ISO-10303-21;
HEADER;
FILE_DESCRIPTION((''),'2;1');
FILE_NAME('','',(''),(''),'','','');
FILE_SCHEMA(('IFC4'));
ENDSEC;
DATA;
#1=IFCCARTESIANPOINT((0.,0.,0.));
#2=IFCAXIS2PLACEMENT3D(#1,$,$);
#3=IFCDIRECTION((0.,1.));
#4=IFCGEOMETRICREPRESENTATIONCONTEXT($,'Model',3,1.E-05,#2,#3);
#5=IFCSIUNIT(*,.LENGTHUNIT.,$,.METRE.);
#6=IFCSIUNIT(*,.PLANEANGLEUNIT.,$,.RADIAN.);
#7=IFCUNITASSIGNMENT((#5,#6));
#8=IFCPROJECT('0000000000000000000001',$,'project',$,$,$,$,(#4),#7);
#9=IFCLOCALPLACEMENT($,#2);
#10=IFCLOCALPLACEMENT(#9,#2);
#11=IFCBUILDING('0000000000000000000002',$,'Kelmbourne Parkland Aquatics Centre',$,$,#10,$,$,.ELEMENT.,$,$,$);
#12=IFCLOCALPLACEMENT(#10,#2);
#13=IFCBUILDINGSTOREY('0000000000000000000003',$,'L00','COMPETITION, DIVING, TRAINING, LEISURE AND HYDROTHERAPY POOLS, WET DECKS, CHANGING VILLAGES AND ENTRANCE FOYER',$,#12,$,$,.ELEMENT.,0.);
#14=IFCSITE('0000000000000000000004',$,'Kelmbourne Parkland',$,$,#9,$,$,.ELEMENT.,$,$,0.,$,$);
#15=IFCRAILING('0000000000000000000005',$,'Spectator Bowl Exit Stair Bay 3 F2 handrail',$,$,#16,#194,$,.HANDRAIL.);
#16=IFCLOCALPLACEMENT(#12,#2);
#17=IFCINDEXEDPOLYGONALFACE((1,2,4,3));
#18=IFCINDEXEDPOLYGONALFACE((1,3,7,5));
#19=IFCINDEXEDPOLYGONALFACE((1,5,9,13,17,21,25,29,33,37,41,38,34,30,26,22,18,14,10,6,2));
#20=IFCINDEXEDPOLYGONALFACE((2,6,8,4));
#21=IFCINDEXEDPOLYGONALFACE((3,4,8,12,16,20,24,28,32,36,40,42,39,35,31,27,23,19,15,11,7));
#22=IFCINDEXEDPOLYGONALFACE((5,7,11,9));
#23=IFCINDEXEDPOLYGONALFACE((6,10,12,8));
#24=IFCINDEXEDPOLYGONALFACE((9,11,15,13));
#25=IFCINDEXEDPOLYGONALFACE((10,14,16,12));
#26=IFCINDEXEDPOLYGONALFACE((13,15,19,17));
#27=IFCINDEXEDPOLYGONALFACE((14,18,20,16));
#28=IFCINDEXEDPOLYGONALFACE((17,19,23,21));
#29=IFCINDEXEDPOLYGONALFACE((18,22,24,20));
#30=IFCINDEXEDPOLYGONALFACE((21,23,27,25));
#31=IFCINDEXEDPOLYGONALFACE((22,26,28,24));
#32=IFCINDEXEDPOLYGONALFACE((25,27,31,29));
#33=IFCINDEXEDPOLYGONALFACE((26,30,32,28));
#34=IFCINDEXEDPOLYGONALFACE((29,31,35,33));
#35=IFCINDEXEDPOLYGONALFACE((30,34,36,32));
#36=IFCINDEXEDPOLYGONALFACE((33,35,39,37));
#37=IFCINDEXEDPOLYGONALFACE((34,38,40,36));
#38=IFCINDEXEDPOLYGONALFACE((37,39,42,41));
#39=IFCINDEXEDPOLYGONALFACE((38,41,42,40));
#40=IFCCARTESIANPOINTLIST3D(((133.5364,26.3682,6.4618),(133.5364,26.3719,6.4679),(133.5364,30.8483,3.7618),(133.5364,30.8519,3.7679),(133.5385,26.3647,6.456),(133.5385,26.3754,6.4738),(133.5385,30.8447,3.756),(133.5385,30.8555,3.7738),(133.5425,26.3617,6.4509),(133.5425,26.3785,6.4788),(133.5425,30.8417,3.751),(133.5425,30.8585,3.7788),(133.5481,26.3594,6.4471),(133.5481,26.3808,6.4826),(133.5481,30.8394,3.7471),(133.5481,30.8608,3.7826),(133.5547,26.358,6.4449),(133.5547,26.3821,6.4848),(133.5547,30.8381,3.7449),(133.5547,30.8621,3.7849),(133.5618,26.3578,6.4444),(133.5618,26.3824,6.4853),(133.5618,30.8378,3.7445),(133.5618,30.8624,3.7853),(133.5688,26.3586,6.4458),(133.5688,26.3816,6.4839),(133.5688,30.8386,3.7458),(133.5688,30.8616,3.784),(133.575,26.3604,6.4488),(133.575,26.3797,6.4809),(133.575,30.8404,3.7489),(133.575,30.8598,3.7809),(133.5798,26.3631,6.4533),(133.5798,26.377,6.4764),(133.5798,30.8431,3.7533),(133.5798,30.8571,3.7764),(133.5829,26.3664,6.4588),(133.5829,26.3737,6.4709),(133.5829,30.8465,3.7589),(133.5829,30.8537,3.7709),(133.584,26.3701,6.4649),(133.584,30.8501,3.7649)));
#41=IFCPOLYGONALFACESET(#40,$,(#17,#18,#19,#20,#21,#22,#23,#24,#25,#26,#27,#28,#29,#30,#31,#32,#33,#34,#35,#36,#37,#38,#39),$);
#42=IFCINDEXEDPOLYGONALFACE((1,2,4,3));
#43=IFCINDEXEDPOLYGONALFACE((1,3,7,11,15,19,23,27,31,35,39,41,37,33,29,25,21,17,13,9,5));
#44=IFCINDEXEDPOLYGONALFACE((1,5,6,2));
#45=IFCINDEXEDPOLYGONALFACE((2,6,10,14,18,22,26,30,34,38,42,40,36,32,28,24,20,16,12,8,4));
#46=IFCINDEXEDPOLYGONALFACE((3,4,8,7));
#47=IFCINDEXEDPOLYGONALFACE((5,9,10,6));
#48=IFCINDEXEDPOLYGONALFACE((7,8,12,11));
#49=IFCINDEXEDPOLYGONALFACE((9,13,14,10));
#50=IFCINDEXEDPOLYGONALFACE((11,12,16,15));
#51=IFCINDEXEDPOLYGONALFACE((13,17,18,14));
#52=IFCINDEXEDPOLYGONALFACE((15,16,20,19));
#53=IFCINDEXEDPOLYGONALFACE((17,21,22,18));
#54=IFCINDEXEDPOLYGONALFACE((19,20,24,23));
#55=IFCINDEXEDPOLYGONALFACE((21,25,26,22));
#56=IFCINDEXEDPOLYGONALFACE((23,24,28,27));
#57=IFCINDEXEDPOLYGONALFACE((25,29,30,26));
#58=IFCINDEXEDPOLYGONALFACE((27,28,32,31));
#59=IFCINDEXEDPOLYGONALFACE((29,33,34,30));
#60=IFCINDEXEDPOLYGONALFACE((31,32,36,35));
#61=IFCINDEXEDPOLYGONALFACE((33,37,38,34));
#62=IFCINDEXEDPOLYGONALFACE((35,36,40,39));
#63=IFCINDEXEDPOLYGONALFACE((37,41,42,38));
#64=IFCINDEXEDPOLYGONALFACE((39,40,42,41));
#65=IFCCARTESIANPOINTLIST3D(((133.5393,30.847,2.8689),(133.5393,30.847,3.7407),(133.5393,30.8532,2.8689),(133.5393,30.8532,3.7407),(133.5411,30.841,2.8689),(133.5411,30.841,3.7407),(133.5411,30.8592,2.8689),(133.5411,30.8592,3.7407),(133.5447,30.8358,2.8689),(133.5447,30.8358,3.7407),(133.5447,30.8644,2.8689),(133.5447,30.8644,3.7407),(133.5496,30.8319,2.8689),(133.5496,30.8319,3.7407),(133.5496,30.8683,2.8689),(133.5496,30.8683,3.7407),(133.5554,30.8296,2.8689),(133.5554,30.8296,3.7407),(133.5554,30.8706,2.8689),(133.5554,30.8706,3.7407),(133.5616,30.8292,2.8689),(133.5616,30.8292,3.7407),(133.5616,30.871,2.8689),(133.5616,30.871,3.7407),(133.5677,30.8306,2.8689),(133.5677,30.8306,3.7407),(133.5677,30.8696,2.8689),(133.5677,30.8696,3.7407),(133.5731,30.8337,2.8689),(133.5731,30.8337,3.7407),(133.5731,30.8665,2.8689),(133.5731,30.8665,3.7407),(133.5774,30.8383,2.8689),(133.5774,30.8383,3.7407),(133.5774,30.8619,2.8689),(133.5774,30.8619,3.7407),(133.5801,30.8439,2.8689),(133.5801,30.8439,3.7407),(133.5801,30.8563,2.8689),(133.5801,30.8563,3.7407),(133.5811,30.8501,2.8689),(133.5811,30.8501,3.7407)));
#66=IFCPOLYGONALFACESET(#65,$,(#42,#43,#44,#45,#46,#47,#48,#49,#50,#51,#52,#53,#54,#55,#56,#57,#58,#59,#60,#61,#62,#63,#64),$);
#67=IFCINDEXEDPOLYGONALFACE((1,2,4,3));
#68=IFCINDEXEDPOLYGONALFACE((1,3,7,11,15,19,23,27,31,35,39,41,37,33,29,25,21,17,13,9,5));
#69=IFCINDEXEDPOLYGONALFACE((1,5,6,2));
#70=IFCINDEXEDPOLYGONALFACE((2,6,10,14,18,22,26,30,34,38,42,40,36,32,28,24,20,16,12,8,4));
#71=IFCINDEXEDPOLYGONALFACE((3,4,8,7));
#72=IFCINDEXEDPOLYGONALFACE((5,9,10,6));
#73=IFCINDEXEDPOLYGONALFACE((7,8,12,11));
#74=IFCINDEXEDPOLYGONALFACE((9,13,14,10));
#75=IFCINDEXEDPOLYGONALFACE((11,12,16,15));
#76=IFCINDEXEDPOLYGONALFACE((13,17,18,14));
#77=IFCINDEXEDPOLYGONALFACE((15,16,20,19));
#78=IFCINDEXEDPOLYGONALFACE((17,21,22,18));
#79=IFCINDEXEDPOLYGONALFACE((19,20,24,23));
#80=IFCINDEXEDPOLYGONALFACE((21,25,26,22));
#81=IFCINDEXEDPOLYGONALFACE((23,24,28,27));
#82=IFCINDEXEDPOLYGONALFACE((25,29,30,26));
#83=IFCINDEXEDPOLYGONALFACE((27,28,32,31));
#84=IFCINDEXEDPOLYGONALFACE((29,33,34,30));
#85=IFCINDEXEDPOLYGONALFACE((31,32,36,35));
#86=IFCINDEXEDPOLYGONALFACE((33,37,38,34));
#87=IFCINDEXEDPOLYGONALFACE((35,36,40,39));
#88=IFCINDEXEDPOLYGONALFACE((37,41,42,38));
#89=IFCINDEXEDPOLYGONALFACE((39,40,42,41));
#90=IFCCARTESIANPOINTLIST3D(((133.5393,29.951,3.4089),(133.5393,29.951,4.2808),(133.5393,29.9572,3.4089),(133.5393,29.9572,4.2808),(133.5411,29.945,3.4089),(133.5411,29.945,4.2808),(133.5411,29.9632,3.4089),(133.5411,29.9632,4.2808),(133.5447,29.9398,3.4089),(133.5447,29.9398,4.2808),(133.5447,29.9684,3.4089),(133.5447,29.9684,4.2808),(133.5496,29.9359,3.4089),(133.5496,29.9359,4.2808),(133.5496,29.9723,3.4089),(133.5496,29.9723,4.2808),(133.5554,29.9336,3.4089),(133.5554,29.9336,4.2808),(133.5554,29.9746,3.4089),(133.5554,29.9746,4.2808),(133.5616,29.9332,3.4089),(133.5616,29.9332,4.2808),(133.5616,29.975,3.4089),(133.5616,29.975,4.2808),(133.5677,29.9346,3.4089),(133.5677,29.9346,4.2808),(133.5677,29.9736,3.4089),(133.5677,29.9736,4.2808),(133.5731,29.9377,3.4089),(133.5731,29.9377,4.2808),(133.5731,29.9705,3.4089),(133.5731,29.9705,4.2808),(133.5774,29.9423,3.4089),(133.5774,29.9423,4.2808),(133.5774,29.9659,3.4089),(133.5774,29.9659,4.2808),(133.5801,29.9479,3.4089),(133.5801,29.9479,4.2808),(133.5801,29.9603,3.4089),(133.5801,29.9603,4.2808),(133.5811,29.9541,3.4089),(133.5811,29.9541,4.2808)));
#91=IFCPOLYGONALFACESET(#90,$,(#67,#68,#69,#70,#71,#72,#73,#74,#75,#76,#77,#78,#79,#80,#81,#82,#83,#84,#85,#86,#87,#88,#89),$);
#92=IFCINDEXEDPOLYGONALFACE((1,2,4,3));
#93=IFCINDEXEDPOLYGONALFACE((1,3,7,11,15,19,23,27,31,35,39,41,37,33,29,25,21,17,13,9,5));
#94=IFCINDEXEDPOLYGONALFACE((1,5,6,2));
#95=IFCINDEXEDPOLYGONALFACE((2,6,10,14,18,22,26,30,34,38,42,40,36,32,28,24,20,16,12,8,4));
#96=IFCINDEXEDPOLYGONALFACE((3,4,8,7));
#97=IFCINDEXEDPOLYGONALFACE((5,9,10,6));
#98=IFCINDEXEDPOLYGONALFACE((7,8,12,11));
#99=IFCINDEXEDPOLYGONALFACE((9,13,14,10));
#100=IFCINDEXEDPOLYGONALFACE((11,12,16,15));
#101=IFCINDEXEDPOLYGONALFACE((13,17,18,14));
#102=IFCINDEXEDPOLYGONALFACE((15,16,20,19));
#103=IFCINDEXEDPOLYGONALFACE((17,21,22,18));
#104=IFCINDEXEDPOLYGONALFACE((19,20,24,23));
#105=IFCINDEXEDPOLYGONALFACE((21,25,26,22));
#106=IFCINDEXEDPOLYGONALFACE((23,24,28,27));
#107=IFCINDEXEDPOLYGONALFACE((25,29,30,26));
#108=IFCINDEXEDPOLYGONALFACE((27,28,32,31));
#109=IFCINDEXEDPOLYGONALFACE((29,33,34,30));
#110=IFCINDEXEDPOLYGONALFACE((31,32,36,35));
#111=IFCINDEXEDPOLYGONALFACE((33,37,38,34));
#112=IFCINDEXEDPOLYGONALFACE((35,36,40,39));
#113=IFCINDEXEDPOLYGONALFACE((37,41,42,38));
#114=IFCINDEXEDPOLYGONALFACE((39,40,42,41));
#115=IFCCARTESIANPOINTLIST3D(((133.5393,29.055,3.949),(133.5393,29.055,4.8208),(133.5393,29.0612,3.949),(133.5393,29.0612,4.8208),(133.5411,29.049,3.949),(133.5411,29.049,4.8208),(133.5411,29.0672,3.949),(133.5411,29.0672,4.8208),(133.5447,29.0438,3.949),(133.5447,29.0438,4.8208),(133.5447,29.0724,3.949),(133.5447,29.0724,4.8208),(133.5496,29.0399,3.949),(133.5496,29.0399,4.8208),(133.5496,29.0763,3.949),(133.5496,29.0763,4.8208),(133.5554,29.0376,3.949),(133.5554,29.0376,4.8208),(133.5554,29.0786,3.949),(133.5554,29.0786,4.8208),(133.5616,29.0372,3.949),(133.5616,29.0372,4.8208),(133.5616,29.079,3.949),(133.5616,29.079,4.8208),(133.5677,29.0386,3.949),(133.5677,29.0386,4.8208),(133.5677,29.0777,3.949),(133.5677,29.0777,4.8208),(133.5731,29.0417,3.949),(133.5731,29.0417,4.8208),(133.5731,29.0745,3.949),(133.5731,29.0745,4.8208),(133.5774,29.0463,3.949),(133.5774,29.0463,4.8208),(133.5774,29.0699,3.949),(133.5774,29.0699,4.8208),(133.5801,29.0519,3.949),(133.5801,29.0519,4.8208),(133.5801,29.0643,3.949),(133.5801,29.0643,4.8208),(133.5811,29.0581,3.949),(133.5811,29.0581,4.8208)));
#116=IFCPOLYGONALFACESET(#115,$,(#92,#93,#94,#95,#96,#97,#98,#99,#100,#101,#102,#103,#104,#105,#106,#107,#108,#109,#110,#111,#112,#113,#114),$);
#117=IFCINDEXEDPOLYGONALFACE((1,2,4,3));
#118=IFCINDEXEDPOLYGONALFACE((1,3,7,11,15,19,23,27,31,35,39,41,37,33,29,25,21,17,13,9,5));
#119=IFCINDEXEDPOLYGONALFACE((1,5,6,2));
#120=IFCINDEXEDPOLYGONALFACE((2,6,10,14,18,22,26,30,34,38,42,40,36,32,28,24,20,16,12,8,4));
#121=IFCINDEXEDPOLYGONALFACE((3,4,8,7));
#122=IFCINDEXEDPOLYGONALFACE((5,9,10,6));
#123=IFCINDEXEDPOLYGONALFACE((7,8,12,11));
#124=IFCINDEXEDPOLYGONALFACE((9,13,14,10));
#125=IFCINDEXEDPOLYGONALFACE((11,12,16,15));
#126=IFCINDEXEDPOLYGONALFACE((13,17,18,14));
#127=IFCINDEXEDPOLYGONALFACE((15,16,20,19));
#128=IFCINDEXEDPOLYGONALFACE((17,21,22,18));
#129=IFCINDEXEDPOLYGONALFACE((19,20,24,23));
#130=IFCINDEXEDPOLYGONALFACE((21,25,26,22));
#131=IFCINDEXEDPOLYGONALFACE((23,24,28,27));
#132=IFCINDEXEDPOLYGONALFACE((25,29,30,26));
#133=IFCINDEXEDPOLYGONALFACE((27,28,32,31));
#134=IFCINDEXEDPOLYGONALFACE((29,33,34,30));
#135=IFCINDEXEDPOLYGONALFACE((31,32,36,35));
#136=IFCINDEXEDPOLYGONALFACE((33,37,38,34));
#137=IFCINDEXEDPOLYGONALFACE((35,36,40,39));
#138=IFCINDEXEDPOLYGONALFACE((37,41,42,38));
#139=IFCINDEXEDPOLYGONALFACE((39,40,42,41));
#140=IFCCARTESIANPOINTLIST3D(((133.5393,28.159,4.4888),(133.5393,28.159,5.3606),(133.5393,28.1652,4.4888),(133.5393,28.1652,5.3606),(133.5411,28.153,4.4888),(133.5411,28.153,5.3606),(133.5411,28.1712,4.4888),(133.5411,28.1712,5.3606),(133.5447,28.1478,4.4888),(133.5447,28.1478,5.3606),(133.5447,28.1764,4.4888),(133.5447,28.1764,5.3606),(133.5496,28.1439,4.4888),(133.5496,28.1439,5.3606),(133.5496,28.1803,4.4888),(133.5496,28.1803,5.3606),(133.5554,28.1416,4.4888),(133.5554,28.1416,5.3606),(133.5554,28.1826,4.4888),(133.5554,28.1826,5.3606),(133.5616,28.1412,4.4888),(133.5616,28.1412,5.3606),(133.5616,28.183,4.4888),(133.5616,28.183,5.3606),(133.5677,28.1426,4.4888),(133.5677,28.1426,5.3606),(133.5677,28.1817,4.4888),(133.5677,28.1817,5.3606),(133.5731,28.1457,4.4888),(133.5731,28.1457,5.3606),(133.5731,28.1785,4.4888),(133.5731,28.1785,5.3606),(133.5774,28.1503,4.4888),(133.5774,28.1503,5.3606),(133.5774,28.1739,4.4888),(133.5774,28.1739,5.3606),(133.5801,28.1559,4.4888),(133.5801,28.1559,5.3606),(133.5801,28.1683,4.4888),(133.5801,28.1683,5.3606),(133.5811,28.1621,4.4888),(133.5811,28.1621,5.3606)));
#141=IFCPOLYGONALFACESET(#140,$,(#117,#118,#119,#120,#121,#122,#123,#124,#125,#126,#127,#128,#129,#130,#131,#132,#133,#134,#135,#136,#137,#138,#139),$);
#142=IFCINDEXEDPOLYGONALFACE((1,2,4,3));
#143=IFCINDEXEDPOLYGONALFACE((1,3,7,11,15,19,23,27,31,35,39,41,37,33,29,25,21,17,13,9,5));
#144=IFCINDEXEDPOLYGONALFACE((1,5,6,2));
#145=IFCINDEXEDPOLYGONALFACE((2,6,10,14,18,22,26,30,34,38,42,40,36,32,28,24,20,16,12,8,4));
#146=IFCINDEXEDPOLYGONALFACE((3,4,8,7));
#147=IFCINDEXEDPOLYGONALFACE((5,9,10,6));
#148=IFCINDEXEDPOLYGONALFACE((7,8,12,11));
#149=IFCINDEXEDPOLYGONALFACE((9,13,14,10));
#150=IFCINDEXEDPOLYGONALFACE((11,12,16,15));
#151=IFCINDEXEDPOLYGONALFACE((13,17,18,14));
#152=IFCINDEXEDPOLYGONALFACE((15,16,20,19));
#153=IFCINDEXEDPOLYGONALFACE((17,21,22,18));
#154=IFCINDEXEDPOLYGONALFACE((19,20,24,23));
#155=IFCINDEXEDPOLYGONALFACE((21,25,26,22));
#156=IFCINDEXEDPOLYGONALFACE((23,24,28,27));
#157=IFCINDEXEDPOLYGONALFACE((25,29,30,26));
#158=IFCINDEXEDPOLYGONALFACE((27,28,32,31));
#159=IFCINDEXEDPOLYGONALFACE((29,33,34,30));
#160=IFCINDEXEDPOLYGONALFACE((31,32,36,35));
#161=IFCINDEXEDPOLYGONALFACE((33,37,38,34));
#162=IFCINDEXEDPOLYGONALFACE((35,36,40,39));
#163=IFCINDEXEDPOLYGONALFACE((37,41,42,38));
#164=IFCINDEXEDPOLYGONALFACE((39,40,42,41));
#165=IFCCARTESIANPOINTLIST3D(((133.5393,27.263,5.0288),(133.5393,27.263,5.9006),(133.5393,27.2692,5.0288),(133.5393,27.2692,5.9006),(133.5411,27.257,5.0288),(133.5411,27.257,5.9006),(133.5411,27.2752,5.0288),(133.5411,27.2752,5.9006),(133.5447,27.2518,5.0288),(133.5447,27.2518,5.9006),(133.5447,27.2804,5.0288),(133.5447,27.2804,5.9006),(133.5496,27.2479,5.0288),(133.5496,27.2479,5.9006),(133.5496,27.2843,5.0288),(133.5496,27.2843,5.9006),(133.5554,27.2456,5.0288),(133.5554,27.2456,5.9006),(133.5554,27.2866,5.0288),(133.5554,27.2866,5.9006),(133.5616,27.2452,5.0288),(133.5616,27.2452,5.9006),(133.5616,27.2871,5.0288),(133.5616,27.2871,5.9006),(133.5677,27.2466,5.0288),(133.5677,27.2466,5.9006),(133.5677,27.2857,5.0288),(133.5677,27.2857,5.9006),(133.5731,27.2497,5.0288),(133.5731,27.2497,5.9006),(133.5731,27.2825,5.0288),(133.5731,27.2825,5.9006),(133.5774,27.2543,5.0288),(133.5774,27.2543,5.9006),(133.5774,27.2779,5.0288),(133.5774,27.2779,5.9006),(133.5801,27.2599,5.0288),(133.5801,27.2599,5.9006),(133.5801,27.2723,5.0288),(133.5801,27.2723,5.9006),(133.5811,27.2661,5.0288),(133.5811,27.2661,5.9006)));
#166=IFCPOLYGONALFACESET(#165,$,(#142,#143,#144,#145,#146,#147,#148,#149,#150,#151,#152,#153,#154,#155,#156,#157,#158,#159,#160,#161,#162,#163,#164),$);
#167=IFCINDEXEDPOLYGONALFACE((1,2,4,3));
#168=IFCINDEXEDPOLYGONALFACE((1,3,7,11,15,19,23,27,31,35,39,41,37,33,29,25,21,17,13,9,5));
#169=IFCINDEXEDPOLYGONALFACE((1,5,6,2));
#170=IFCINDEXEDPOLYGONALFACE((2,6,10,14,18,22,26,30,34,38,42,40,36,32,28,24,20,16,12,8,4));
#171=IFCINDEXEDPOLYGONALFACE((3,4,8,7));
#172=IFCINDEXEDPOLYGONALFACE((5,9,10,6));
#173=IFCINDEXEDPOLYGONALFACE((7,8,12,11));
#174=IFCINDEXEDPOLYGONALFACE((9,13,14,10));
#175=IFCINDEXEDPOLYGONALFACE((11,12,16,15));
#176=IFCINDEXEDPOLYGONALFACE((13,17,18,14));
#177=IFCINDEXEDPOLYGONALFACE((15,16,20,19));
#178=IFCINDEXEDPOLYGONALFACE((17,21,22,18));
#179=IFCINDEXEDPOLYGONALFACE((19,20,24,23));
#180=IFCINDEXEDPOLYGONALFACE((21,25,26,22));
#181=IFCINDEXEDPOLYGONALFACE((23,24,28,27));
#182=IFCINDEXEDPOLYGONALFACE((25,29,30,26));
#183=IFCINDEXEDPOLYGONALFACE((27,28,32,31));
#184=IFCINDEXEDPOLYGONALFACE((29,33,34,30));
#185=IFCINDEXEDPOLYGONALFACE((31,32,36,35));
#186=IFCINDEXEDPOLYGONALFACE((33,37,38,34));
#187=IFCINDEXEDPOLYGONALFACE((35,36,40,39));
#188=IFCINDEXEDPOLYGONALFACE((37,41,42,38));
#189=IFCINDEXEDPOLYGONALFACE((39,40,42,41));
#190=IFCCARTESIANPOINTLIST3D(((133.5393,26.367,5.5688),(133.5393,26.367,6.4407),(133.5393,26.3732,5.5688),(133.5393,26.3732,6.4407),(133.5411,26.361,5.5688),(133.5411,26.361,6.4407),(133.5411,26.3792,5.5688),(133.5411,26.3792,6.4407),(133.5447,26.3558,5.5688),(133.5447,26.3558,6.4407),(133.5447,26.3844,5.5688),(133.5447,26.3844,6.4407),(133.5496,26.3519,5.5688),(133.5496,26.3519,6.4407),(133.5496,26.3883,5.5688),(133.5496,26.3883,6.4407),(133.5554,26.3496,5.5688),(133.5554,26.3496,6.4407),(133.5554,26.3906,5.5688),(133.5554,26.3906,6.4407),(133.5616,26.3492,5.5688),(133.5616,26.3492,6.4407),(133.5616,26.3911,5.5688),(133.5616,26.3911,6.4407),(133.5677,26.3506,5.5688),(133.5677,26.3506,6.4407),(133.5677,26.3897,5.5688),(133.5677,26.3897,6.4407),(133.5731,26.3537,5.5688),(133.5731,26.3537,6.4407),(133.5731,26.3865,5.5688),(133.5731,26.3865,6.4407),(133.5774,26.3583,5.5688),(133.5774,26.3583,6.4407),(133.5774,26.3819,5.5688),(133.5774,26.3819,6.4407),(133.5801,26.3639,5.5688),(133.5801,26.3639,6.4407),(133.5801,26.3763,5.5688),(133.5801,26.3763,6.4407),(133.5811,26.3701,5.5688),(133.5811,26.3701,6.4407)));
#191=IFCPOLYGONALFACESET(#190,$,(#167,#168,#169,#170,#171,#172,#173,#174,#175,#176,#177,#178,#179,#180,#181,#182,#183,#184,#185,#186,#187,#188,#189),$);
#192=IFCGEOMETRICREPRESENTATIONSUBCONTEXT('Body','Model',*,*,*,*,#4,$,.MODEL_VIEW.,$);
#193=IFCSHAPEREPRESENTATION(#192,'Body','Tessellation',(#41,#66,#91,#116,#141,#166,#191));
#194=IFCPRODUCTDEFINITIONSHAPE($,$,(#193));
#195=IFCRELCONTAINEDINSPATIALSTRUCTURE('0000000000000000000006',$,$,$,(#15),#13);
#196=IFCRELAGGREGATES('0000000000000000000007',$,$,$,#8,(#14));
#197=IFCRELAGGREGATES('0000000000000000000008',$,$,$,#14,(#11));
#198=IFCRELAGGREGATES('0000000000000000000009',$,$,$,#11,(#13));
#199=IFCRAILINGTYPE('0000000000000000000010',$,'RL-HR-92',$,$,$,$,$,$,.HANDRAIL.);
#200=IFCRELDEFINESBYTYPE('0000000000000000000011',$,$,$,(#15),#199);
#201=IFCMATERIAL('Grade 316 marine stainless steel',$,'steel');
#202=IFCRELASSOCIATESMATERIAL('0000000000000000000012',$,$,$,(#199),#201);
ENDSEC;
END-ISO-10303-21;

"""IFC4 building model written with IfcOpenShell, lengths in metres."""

from ifc_helpers import new_model, si_unit, direction, frame, origin, origin_2d, place, context, subcontext, project, spatial, circle, extrude, material, type_object, element, save


model = new_model("IFC4")

# Units and contexts
model_context = context("Model", 3, precision=1e-05, world=origin(), true_north=direction((0.0, 1.0)))
body_context = subcontext(model_context, "Body", "Model", "MODEL_VIEW")
ifc_project = project(units=[si_unit("LENGTHUNIT", "METRE"), si_unit("PLANEANGLEUNIT", "RADIAN")], contexts=[model_context])

# Site, building, storey
site_placement = place(None, origin())
site = spatial("IfcSite", under=ifc_project, at=site_placement, Name="Kelmbourne Parkland", CompositionType="ELEMENT", RefElevation=0.0)
building_placement = place(site_placement, origin())
building = spatial("IfcBuilding", under=site, at=building_placement, Name="Kelmbourne Parkland Aquatics Centre", CompositionType="ELEMENT")
storey_placement = place(building_placement, origin())
storey = spatial("IfcBuildingStorey", under=building, at=storey_placement, Name="L00", Description="COMPETITION, DIVING, TRAINING, LEISURE AND HYDROTHERAPY POOLS, WET DECKS, CHANGING VILLAGES AND ENTRANCE FOYER", CompositionType="ELEMENT", Elevation=0.0)

# Railing
ifc_material_1 = material(Name="Grade 316 marine stainless steel", Category="steel")
railing_type_1 = type_object("IfcRailingType", Name="RL-HR-92", PredefinedType="HANDRAIL", material=ifc_material_1)
railing_1_placement = place(storey_placement, frame((133.5601, 30.8501, 2.8689)))
element("IfcRailing", 1, at=railing_1_placement, inside=storey, type_object=railing_type_1, Name="Spectator Bowl Exit Stair Bay 3 F2 handrail", PredefinedType="HANDRAIL", context=body_context, shape_type="SweptSolid", body=[
    extrude(circle(Radius=0.0239, at=origin_2d()), frame((0.0, 0.0, 0.896), z_axis=(0.0, -0.856482, 0.516176), x_axis=(1.0, 0.0, 0.0)), (0.0, 0.0, 1.0), 5.2307),
    extrude(circle(Radius=0.021, at=origin_2d()), origin(), (0.0, 0.0, 1.0), 0.8718),
    extrude(circle(Radius=0.021, at=origin_2d()), frame((0.0, -0.896, 0.54)), (0.0, 0.0, 1.0), 0.8718),
    extrude(circle(Radius=0.021, at=origin_2d()), frame((0.0, -1.792, 1.0801)), (0.0, 0.0, 1.0), 0.8718),
    extrude(circle(Radius=0.021, at=origin_2d()), frame((0.0, -2.688, 1.6199)), (0.0, 0.0, 1.0), 0.8718),
    extrude(circle(Radius=0.021, at=origin_2d()), frame((0.0, -3.584, 2.1599)), (0.0, 0.0, 1.0), 0.8718),
    extrude(circle(Radius=0.021, at=origin_2d()), frame((0.0, -4.48, 2.7)), (0.0, 0.0, 1.0), 0.8718),
])

save(model, "model.ifc")
